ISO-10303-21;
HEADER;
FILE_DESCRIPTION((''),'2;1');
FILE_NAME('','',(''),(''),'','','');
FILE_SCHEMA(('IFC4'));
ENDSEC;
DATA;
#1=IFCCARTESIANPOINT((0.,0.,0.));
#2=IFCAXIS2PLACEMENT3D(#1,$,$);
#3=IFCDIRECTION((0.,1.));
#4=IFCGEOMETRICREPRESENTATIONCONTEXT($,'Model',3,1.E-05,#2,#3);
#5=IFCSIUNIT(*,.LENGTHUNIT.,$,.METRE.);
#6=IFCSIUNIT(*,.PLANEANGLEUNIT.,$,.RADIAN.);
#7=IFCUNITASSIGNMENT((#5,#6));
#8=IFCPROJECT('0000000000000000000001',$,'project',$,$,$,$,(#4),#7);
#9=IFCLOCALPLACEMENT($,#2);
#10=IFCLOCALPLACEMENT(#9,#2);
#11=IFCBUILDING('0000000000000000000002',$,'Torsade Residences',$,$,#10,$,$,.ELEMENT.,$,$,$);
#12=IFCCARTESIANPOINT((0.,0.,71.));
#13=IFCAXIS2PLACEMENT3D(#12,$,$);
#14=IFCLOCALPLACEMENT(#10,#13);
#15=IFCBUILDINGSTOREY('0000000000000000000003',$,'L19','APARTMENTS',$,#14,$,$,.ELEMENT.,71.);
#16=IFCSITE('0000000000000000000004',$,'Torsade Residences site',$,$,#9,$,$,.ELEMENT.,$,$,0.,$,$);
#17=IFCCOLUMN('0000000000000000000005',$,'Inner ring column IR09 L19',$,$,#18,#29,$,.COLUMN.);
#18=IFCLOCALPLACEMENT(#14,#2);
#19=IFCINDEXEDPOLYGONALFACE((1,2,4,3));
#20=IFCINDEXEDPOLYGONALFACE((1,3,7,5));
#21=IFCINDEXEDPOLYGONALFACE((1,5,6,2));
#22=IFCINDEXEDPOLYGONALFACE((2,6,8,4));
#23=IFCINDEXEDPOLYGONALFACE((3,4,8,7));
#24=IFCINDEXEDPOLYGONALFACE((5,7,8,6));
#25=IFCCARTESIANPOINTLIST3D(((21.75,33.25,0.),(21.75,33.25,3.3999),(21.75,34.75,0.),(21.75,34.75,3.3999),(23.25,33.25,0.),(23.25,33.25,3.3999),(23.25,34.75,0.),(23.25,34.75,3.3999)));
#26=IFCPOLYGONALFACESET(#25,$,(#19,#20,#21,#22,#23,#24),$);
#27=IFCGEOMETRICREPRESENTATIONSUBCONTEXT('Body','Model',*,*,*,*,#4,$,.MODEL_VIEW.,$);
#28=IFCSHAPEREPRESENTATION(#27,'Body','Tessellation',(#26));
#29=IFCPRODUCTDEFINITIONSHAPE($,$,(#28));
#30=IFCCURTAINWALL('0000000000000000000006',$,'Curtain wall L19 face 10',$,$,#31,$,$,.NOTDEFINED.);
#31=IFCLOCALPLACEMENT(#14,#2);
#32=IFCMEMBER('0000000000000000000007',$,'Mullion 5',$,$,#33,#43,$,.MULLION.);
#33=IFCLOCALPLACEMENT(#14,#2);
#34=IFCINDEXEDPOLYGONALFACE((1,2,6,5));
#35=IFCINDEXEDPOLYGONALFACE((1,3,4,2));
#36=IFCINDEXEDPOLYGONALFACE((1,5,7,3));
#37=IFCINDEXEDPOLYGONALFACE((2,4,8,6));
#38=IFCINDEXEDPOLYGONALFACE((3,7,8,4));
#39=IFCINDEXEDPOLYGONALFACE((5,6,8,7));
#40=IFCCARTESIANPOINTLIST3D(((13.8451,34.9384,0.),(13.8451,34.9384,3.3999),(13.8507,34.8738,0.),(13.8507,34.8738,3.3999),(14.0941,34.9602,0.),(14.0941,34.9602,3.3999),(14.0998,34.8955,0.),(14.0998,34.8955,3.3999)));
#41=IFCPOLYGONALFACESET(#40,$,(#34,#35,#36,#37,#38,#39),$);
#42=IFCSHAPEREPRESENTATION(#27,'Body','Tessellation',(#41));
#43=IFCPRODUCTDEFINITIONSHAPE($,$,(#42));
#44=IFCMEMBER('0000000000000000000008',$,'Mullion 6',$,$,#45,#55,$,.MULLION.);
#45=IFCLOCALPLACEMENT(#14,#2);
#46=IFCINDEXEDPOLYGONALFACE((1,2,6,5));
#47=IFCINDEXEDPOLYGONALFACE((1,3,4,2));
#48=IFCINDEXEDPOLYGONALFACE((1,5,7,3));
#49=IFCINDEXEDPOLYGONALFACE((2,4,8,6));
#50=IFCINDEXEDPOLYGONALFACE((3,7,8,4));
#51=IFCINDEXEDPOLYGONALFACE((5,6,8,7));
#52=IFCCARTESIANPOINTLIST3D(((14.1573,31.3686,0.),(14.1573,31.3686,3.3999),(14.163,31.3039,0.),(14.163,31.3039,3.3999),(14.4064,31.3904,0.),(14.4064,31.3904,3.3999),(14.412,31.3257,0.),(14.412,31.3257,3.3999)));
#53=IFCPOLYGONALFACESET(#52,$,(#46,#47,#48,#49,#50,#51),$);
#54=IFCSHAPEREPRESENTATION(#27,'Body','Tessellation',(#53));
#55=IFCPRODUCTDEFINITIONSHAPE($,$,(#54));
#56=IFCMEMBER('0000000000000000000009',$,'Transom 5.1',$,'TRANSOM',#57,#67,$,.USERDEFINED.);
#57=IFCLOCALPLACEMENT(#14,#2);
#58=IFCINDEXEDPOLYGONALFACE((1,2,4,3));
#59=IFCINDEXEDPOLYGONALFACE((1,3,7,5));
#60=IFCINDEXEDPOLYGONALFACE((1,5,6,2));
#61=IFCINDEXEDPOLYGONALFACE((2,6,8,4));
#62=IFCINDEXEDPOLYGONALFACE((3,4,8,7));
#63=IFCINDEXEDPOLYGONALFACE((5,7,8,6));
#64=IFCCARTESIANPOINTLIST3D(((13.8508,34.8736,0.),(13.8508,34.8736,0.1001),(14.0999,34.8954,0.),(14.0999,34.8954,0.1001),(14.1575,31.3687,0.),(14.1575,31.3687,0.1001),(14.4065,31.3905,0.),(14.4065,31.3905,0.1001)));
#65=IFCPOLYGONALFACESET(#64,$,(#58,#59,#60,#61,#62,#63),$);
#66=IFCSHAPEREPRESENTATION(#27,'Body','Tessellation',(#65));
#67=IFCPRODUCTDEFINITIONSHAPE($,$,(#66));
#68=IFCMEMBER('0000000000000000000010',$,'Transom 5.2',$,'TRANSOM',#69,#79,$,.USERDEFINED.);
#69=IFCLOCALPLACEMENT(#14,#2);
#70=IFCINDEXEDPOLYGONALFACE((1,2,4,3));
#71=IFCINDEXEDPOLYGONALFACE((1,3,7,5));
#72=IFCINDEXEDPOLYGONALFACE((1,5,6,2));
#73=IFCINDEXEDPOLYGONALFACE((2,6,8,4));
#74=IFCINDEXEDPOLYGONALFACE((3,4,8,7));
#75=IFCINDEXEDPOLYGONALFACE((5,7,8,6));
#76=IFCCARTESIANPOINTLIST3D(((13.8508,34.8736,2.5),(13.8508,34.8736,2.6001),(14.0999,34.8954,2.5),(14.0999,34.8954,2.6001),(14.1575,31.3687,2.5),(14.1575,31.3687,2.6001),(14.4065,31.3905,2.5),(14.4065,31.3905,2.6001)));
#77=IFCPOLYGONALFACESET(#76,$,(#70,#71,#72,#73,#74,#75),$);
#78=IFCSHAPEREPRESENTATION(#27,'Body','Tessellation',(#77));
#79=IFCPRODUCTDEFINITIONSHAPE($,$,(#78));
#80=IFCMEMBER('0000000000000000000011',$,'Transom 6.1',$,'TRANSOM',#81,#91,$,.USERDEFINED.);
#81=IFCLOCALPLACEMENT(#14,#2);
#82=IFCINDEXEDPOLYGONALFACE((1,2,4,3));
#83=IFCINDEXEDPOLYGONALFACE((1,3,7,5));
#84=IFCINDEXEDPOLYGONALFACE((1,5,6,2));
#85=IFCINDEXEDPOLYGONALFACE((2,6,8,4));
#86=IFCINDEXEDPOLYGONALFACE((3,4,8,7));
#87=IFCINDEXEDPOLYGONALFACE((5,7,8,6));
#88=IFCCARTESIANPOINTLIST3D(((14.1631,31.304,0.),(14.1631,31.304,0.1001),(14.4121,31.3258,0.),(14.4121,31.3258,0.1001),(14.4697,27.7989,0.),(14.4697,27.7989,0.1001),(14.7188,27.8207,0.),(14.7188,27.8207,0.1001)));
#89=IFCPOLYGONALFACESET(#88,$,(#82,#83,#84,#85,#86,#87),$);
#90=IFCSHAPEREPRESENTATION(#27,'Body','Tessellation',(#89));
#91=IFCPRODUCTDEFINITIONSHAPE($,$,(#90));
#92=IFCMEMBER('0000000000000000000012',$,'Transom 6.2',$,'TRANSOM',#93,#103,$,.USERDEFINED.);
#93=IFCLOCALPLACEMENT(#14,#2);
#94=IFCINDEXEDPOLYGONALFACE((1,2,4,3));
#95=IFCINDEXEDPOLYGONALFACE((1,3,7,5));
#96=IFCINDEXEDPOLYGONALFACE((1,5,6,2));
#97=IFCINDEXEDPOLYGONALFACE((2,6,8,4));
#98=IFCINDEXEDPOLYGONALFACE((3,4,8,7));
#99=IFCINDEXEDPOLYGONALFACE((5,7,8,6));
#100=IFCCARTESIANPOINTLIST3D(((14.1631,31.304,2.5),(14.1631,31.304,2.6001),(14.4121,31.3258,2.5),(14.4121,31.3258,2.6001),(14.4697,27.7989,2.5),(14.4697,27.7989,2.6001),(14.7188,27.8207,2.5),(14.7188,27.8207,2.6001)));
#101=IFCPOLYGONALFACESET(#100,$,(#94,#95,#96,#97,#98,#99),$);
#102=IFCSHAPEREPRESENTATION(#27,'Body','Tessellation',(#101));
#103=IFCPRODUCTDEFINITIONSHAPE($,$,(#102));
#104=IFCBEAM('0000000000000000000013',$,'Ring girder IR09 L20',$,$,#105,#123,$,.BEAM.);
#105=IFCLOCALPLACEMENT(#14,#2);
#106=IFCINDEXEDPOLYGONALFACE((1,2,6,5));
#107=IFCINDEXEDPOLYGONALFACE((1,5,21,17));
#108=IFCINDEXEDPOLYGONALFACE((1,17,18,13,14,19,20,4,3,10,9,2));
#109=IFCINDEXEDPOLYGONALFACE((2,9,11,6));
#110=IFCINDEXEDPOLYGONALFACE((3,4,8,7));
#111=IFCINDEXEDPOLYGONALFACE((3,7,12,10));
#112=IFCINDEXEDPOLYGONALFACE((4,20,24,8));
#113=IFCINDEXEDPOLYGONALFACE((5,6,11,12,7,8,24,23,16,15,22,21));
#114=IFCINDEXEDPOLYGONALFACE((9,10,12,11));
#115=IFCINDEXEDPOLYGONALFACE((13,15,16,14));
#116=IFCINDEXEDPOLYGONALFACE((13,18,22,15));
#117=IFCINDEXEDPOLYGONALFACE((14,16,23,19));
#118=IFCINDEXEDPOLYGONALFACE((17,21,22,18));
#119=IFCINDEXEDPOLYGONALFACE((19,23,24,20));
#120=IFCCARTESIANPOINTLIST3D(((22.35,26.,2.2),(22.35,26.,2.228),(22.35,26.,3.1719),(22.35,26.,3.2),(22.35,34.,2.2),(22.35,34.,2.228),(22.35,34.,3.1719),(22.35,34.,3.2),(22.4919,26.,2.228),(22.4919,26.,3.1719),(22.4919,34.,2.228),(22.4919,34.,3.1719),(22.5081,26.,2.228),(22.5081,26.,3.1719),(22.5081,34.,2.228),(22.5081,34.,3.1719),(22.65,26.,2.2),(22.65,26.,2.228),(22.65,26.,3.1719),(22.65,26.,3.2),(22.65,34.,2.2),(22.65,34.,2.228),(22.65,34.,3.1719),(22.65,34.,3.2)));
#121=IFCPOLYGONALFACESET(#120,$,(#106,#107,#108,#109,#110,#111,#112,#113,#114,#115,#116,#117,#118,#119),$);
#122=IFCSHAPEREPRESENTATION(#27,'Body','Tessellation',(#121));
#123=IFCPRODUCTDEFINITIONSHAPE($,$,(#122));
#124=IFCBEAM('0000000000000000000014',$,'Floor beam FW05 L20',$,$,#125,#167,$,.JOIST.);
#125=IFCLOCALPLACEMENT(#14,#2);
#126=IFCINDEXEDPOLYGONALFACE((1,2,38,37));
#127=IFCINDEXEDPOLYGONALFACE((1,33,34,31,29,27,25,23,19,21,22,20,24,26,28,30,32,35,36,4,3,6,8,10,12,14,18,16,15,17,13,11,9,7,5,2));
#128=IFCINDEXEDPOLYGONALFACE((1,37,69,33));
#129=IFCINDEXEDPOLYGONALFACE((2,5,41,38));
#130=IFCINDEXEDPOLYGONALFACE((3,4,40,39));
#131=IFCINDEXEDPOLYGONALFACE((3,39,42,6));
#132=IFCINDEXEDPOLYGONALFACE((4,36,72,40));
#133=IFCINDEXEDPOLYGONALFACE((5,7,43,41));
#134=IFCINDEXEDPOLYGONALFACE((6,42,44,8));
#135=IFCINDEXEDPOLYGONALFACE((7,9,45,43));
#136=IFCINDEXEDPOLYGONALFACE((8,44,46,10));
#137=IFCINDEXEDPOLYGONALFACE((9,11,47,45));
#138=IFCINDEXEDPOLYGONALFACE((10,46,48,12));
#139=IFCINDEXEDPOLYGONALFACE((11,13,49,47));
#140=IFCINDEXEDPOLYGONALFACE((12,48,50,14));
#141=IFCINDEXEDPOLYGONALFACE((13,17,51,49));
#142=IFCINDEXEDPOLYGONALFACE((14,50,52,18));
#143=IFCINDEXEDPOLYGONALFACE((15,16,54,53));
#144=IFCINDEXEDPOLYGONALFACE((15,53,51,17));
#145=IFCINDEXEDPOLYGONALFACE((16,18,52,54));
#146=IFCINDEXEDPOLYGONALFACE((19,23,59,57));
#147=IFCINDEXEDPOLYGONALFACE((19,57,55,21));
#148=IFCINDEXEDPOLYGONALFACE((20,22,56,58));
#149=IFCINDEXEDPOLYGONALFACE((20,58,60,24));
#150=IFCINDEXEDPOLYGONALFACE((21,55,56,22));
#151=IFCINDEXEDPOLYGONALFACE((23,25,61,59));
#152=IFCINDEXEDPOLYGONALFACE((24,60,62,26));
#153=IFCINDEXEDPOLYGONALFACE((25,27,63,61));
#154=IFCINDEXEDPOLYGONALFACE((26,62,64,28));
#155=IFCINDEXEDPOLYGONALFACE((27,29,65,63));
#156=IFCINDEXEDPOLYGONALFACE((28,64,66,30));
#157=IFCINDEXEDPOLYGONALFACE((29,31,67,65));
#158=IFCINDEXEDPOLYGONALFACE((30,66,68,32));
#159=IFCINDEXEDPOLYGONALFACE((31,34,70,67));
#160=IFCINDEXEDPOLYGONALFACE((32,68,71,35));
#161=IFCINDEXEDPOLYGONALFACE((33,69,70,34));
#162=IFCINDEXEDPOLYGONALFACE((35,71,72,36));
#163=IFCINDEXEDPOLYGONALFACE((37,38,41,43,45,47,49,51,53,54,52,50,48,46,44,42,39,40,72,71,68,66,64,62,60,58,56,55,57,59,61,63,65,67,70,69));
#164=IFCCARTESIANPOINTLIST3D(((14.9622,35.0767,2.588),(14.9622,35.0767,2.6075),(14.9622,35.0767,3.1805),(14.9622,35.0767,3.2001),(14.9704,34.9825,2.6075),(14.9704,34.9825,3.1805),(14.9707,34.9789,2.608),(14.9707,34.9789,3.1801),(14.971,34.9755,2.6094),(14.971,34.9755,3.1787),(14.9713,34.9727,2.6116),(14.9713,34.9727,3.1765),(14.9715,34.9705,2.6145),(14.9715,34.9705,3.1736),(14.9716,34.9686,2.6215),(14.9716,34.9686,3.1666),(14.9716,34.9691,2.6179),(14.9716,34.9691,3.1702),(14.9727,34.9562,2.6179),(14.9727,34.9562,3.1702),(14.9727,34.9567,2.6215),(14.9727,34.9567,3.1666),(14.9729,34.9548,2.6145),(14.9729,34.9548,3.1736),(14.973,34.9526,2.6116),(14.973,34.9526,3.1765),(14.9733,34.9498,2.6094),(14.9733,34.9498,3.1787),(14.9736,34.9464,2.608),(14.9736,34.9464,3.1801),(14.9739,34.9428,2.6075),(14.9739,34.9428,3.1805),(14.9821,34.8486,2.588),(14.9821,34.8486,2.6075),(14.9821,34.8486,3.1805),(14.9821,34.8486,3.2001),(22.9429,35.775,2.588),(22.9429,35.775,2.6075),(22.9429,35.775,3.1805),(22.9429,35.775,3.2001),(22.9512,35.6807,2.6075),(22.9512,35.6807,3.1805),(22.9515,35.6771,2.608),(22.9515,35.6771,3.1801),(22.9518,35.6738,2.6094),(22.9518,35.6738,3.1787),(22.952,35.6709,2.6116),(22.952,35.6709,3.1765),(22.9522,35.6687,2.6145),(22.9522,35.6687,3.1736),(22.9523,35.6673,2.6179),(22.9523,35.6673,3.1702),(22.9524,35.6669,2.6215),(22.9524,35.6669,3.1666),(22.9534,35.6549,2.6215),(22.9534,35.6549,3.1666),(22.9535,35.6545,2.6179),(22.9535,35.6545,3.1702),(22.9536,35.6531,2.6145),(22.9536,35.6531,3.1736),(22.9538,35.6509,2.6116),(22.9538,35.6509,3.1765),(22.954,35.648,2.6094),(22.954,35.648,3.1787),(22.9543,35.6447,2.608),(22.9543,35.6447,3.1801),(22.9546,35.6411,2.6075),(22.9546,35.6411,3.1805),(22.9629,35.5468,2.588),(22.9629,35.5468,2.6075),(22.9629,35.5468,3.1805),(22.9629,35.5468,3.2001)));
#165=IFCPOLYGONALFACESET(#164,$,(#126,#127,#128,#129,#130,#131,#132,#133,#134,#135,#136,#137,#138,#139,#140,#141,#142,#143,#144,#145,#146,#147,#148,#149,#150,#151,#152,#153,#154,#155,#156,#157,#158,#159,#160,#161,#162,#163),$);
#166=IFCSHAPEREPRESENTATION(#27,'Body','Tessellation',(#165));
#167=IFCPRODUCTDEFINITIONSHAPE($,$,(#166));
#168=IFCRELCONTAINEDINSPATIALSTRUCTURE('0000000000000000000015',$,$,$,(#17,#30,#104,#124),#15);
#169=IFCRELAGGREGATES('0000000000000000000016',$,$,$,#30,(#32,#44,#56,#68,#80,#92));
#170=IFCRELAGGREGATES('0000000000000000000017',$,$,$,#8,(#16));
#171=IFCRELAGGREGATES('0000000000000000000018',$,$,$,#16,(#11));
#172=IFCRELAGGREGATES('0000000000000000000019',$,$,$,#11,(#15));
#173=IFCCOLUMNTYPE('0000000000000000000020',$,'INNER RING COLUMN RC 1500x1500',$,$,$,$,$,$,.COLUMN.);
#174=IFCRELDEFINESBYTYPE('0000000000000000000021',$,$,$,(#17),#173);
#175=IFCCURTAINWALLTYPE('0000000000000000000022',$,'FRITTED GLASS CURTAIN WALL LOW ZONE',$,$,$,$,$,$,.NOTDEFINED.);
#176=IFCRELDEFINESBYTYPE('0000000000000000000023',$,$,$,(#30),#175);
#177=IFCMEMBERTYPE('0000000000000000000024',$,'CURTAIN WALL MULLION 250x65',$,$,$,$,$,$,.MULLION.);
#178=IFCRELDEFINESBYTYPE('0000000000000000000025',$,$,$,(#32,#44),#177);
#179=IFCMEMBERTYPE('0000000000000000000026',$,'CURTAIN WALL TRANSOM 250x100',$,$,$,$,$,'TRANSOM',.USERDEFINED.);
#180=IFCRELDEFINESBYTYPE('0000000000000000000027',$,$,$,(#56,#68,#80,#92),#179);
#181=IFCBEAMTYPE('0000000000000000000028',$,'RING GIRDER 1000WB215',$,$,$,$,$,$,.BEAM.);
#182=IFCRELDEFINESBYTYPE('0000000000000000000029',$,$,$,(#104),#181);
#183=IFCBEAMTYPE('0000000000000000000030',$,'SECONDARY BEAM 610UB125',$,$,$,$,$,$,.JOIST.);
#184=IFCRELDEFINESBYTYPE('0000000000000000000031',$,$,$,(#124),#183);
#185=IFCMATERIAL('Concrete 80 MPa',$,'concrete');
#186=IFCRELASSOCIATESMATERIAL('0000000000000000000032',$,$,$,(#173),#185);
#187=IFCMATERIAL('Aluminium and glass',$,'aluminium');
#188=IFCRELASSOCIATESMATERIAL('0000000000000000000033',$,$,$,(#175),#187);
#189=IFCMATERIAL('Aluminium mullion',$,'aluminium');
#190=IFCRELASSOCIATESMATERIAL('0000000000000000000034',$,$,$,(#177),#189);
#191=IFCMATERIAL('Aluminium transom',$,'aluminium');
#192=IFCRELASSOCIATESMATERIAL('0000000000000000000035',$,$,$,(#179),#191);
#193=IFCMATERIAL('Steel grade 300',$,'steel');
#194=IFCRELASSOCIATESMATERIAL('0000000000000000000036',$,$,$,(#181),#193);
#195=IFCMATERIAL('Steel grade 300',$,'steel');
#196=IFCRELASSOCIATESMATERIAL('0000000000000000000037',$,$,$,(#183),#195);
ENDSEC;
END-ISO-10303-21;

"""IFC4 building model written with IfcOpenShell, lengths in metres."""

from ifc_helpers import new_model, si_unit, direction, frame, origin, origin_2d, place, context, subcontext, project, spatial, rectangle, i_section, extrude, material, material_profile, profile_set, type_object, element, aggregate, save


model = new_model("IFC4")

# Units and contexts
model_context = context("Model", 3, precision=1e-05, world=origin(), true_north=direction((0.0, 1.0)))
body_context = subcontext(model_context, "Body", "Model", "MODEL_VIEW")
ifc_project = project(units=[si_unit("LENGTHUNIT", "METRE"), si_unit("PLANEANGLEUNIT", "RADIAN")], contexts=[model_context])

# Site, building, storey
site_placement = place(None, origin())
site = spatial("IfcSite", under=ifc_project, at=site_placement, Name="Torsade Residences site", CompositionType="ELEMENT", RefElevation=0.0)
building_placement = place(site_placement, origin())
building = spatial("IfcBuilding", under=site, at=building_placement, Name="Torsade Residences", CompositionType="ELEMENT")
storey_placement = place(building_placement, frame((0.0, 0.0, 71.0)))
storey = spatial("IfcBuildingStorey", under=building, at=storey_placement, Name="L19", Description="APARTMENTS", CompositionType="ELEMENT", Elevation=71.0)

# Column
ifc_material_1 = material(Name="Concrete 80 MPa", Category="concrete")
ifc_material_profile_1 = material_profile(ifc_material_1, rectangle(XDim=1.5, YDim=1.5, at=origin_2d()), Name="RC 1500x1500")
ifc_profile_set_1 = profile_set([ifc_material_profile_1], Name="Concrete 80 MPa")
column_type = type_object("IfcColumnType", Name="INNER RING COLUMN RC 1500x1500", PredefinedType="COLUMN", material=ifc_profile_set_1)
column_placement = place(storey_placement, frame((22.5, 34.0, 0.0), z_axis=(0.0, 0.0, 1.0), x_axis=(1.0, 0.0, 0.0)))
element("IfcColumn", 1, at=column_placement, inside=storey, type_object=column_type, Name="Inner ring column IR09 L19", PredefinedType="COLUMN", context=body_context, shape_type="SweptSolid", body=[
    extrude(rectangle(XDim=1.5, YDim=1.5, at=origin_2d()), origin(), (0.0, 0.0, 1.0), 3.3999),
])

# Curtain wall, members
ifc_material_2 = material(Name="Aluminium and glass", Category="aluminium")
curtain_wall_type = type_object("IfcCurtainWallType", Name="FRITTED GLASS CURTAIN WALL LOW ZONE", PredefinedType="NOTDEFINED", material=ifc_material_2)
curtain_wall_placement = place(storey_placement, origin())
curtain_wall = element("IfcCurtainWall", 2, at=curtain_wall_placement, inside=storey, type_object=curtain_wall_type, Name="Curtain wall L19 face 10", PredefinedType="NOTDEFINED")
ifc_material_3 = material(Name="Aluminium mullion", Category="aluminium")
ifc_material_profile_2 = material_profile(ifc_material_3, rectangle(XDim=0.25, YDim=0.0649, at=origin_2d()), Name="CURTAIN WALL MULLION 250x65")
ifc_profile_set_2 = profile_set([ifc_material_profile_2], Name="Aluminium mullion")
member_type_1 = type_object("IfcMemberType", Name="CURTAIN WALL MULLION 250x65", PredefinedType="MULLION", material=ifc_profile_set_2)
member_1_placement = place(storey_placement, frame((13.9724, 34.917, 0.0), z_axis=(0.0, 0.0, 1.0), x_axis=(0.996195, 0.087156, 0.0)))
member_1 = element("IfcMember", 3, at=member_1_placement, type_object=member_type_1, Name="Mullion 5", PredefinedType="MULLION", context=body_context, shape_type="SweptSolid", body=[
    extrude(rectangle(XDim=0.25, YDim=0.0649, at=origin_2d()), origin(), (0.0, 0.0, 1.0), 3.3999),
])
member_2_placement = place(storey_placement, frame((14.2847, 31.3472, 0.0), z_axis=(0.0, 0.0, 1.0), x_axis=(0.996195, 0.087156, 0.0)))
member_2 = element("IfcMember", 4, at=member_2_placement, type_object=member_type_1, Name="Mullion 6", PredefinedType="MULLION", context=body_context, shape_type="SweptSolid", body=[
    extrude(rectangle(XDim=0.25, YDim=0.0649, at=origin_2d()), origin(), (0.0, 0.0, 1.0), 3.3999),
])
ifc_material_4 = material(Name="Aluminium transom", Category="aluminium")
ifc_material_profile_3 = material_profile(ifc_material_4, rectangle(XDim=0.25, YDim=0.1001, at=origin_2d()), Name="CURTAIN WALL TRANSOM 250x100")
ifc_profile_set_3 = profile_set([ifc_material_profile_3], Name="Aluminium transom")
member_type_2 = type_object("IfcMemberType", Name="CURTAIN WALL TRANSOM 250x100", ElementType="TRANSOM", PredefinedType="USERDEFINED", material=ifc_profile_set_3)
member_3_placement = place(storey_placement, frame((13.9753, 34.8845, 0.05), z_axis=(0.087157, -0.996195, 0.0), x_axis=(0.996195, 0.087157, 0.0)))
member_3 = element("IfcMember", 5, at=member_3_placement, type_object=member_type_2, Name="Transom 5.1", ObjectType="TRANSOM", PredefinedType="USERDEFINED", context=body_context, shape_type="SweptSolid", body=[
    extrude(rectangle(XDim=0.25, YDim=0.1001, at=origin_2d()), origin(), (0.0, 0.0, 1.0), 3.5183),
])
member_4_placement = place(storey_placement, frame((13.9753, 34.8845, 2.55), z_axis=(0.087157, -0.996195, 0.0), x_axis=(0.996195, 0.087157, 0.0)))
member_4 = element("IfcMember", 6, at=member_4_placement, type_object=member_type_2, Name="Transom 5.2", ObjectType="TRANSOM", PredefinedType="USERDEFINED", context=body_context, shape_type="SweptSolid", body=[
    extrude(rectangle(XDim=0.25, YDim=0.1001, at=origin_2d()), origin(), (0.0, 0.0, 1.0), 3.5183),
])
member_5_placement = place(storey_placement, frame((14.2876, 31.3149, 0.05), z_axis=(0.087151, -0.996195, 0.0), x_axis=(0.996195, 0.087151, 0.0)))
member_5 = element("IfcMember", 7, at=member_5_placement, type_object=member_type_2, Name="Transom 6.1", ObjectType="TRANSOM", PredefinedType="USERDEFINED", context=body_context, shape_type="SweptSolid", body=[
    extrude(rectangle(XDim=0.25, YDim=0.1001, at=origin_2d()), origin(), (0.0, 0.0, 1.0), 3.5186),
])
member_6_placement = place(storey_placement, frame((14.2876, 31.3149, 2.55), z_axis=(0.087151, -0.996195, 0.0), x_axis=(0.996195, 0.087151, 0.0)))
member_6 = element("IfcMember", 8, at=member_6_placement, type_object=member_type_2, Name="Transom 6.2", ObjectType="TRANSOM", PredefinedType="USERDEFINED", context=body_context, shape_type="SweptSolid", body=[
    extrude(rectangle(XDim=0.25, YDim=0.1001, at=origin_2d()), origin(), (0.0, 0.0, 1.0), 3.5186),
])

# Beams
ifc_material_5 = material(Name="Steel grade 300", Category="steel")
ifc_material_profile_4 = material_profile(ifc_material_5, i_section(OverallWidth=0.3, OverallDepth=1.0, WebThickness=0.0161, FlangeThickness=0.0281, at=origin_2d()), Name="1000WB215")
ifc_profile_set_4 = profile_set([ifc_material_profile_4], Name="Steel grade 300")
beam_type_1 = type_object("IfcBeamType", Name="RING GIRDER 1000WB215", PredefinedType="BEAM", material=ifc_profile_set_4)
beam_1_placement = place(storey_placement, frame((22.5, 34.0, 2.7), z_axis=(0.0, -1.0, 0.0), x_axis=(1.0, 0.0, 0.0)))
element("IfcBeam", 9, at=beam_1_placement, inside=storey, type_object=beam_type_1, Name="Ring girder IR09 L20", PredefinedType="BEAM", context=body_context, shape_type="SweptSolid", body=[
    extrude(i_section(OverallWidth=0.3, OverallDepth=1.0, WebThickness=0.0161, FlangeThickness=0.0281, at=origin_2d()), origin(), (0.0, 0.0, 1.0), 8.0),
])
ifc_material_6 = material(Name="Steel grade 300", Category="steel")
ifc_material_profile_5 = material_profile(ifc_material_6, i_section(OverallWidth=0.229, OverallDepth=0.6121, WebThickness=0.012, FlangeThickness=0.0195, FilletRadius=0.0139, at=origin_2d()), Name="610UB125")
ifc_profile_set_5 = profile_set([ifc_material_profile_5], Name="Steel grade 300")
beam_type_2 = type_object("IfcBeamType", Name="SECONDARY BEAM 610UB125", PredefinedType="JOIST", material=ifc_profile_set_5)
beam_2_placement = place(storey_placement, frame((14.9722, 34.9626, 2.894), z_axis=(0.996194, 0.087158, 0.0), x_axis=(-0.087158, 0.996194, 0.0)))
element("IfcBeam", 10, at=beam_2_placement, inside=storey, type_object=beam_type_2, Name="Floor beam FW05 L20", PredefinedType="JOIST", context=body_context, shape_type="SweptSolid", body=[
    extrude(i_section(OverallWidth=0.229, OverallDepth=0.6121, WebThickness=0.012, FlangeThickness=0.0195, FilletRadius=0.0139, at=origin_2d()), origin(), (0.0, 0.0, 1.0), 8.0112),
])

aggregate(curtain_wall, [member_1, member_2, member_3, member_4, member_5, member_6])

save(model, "model.ifc")
